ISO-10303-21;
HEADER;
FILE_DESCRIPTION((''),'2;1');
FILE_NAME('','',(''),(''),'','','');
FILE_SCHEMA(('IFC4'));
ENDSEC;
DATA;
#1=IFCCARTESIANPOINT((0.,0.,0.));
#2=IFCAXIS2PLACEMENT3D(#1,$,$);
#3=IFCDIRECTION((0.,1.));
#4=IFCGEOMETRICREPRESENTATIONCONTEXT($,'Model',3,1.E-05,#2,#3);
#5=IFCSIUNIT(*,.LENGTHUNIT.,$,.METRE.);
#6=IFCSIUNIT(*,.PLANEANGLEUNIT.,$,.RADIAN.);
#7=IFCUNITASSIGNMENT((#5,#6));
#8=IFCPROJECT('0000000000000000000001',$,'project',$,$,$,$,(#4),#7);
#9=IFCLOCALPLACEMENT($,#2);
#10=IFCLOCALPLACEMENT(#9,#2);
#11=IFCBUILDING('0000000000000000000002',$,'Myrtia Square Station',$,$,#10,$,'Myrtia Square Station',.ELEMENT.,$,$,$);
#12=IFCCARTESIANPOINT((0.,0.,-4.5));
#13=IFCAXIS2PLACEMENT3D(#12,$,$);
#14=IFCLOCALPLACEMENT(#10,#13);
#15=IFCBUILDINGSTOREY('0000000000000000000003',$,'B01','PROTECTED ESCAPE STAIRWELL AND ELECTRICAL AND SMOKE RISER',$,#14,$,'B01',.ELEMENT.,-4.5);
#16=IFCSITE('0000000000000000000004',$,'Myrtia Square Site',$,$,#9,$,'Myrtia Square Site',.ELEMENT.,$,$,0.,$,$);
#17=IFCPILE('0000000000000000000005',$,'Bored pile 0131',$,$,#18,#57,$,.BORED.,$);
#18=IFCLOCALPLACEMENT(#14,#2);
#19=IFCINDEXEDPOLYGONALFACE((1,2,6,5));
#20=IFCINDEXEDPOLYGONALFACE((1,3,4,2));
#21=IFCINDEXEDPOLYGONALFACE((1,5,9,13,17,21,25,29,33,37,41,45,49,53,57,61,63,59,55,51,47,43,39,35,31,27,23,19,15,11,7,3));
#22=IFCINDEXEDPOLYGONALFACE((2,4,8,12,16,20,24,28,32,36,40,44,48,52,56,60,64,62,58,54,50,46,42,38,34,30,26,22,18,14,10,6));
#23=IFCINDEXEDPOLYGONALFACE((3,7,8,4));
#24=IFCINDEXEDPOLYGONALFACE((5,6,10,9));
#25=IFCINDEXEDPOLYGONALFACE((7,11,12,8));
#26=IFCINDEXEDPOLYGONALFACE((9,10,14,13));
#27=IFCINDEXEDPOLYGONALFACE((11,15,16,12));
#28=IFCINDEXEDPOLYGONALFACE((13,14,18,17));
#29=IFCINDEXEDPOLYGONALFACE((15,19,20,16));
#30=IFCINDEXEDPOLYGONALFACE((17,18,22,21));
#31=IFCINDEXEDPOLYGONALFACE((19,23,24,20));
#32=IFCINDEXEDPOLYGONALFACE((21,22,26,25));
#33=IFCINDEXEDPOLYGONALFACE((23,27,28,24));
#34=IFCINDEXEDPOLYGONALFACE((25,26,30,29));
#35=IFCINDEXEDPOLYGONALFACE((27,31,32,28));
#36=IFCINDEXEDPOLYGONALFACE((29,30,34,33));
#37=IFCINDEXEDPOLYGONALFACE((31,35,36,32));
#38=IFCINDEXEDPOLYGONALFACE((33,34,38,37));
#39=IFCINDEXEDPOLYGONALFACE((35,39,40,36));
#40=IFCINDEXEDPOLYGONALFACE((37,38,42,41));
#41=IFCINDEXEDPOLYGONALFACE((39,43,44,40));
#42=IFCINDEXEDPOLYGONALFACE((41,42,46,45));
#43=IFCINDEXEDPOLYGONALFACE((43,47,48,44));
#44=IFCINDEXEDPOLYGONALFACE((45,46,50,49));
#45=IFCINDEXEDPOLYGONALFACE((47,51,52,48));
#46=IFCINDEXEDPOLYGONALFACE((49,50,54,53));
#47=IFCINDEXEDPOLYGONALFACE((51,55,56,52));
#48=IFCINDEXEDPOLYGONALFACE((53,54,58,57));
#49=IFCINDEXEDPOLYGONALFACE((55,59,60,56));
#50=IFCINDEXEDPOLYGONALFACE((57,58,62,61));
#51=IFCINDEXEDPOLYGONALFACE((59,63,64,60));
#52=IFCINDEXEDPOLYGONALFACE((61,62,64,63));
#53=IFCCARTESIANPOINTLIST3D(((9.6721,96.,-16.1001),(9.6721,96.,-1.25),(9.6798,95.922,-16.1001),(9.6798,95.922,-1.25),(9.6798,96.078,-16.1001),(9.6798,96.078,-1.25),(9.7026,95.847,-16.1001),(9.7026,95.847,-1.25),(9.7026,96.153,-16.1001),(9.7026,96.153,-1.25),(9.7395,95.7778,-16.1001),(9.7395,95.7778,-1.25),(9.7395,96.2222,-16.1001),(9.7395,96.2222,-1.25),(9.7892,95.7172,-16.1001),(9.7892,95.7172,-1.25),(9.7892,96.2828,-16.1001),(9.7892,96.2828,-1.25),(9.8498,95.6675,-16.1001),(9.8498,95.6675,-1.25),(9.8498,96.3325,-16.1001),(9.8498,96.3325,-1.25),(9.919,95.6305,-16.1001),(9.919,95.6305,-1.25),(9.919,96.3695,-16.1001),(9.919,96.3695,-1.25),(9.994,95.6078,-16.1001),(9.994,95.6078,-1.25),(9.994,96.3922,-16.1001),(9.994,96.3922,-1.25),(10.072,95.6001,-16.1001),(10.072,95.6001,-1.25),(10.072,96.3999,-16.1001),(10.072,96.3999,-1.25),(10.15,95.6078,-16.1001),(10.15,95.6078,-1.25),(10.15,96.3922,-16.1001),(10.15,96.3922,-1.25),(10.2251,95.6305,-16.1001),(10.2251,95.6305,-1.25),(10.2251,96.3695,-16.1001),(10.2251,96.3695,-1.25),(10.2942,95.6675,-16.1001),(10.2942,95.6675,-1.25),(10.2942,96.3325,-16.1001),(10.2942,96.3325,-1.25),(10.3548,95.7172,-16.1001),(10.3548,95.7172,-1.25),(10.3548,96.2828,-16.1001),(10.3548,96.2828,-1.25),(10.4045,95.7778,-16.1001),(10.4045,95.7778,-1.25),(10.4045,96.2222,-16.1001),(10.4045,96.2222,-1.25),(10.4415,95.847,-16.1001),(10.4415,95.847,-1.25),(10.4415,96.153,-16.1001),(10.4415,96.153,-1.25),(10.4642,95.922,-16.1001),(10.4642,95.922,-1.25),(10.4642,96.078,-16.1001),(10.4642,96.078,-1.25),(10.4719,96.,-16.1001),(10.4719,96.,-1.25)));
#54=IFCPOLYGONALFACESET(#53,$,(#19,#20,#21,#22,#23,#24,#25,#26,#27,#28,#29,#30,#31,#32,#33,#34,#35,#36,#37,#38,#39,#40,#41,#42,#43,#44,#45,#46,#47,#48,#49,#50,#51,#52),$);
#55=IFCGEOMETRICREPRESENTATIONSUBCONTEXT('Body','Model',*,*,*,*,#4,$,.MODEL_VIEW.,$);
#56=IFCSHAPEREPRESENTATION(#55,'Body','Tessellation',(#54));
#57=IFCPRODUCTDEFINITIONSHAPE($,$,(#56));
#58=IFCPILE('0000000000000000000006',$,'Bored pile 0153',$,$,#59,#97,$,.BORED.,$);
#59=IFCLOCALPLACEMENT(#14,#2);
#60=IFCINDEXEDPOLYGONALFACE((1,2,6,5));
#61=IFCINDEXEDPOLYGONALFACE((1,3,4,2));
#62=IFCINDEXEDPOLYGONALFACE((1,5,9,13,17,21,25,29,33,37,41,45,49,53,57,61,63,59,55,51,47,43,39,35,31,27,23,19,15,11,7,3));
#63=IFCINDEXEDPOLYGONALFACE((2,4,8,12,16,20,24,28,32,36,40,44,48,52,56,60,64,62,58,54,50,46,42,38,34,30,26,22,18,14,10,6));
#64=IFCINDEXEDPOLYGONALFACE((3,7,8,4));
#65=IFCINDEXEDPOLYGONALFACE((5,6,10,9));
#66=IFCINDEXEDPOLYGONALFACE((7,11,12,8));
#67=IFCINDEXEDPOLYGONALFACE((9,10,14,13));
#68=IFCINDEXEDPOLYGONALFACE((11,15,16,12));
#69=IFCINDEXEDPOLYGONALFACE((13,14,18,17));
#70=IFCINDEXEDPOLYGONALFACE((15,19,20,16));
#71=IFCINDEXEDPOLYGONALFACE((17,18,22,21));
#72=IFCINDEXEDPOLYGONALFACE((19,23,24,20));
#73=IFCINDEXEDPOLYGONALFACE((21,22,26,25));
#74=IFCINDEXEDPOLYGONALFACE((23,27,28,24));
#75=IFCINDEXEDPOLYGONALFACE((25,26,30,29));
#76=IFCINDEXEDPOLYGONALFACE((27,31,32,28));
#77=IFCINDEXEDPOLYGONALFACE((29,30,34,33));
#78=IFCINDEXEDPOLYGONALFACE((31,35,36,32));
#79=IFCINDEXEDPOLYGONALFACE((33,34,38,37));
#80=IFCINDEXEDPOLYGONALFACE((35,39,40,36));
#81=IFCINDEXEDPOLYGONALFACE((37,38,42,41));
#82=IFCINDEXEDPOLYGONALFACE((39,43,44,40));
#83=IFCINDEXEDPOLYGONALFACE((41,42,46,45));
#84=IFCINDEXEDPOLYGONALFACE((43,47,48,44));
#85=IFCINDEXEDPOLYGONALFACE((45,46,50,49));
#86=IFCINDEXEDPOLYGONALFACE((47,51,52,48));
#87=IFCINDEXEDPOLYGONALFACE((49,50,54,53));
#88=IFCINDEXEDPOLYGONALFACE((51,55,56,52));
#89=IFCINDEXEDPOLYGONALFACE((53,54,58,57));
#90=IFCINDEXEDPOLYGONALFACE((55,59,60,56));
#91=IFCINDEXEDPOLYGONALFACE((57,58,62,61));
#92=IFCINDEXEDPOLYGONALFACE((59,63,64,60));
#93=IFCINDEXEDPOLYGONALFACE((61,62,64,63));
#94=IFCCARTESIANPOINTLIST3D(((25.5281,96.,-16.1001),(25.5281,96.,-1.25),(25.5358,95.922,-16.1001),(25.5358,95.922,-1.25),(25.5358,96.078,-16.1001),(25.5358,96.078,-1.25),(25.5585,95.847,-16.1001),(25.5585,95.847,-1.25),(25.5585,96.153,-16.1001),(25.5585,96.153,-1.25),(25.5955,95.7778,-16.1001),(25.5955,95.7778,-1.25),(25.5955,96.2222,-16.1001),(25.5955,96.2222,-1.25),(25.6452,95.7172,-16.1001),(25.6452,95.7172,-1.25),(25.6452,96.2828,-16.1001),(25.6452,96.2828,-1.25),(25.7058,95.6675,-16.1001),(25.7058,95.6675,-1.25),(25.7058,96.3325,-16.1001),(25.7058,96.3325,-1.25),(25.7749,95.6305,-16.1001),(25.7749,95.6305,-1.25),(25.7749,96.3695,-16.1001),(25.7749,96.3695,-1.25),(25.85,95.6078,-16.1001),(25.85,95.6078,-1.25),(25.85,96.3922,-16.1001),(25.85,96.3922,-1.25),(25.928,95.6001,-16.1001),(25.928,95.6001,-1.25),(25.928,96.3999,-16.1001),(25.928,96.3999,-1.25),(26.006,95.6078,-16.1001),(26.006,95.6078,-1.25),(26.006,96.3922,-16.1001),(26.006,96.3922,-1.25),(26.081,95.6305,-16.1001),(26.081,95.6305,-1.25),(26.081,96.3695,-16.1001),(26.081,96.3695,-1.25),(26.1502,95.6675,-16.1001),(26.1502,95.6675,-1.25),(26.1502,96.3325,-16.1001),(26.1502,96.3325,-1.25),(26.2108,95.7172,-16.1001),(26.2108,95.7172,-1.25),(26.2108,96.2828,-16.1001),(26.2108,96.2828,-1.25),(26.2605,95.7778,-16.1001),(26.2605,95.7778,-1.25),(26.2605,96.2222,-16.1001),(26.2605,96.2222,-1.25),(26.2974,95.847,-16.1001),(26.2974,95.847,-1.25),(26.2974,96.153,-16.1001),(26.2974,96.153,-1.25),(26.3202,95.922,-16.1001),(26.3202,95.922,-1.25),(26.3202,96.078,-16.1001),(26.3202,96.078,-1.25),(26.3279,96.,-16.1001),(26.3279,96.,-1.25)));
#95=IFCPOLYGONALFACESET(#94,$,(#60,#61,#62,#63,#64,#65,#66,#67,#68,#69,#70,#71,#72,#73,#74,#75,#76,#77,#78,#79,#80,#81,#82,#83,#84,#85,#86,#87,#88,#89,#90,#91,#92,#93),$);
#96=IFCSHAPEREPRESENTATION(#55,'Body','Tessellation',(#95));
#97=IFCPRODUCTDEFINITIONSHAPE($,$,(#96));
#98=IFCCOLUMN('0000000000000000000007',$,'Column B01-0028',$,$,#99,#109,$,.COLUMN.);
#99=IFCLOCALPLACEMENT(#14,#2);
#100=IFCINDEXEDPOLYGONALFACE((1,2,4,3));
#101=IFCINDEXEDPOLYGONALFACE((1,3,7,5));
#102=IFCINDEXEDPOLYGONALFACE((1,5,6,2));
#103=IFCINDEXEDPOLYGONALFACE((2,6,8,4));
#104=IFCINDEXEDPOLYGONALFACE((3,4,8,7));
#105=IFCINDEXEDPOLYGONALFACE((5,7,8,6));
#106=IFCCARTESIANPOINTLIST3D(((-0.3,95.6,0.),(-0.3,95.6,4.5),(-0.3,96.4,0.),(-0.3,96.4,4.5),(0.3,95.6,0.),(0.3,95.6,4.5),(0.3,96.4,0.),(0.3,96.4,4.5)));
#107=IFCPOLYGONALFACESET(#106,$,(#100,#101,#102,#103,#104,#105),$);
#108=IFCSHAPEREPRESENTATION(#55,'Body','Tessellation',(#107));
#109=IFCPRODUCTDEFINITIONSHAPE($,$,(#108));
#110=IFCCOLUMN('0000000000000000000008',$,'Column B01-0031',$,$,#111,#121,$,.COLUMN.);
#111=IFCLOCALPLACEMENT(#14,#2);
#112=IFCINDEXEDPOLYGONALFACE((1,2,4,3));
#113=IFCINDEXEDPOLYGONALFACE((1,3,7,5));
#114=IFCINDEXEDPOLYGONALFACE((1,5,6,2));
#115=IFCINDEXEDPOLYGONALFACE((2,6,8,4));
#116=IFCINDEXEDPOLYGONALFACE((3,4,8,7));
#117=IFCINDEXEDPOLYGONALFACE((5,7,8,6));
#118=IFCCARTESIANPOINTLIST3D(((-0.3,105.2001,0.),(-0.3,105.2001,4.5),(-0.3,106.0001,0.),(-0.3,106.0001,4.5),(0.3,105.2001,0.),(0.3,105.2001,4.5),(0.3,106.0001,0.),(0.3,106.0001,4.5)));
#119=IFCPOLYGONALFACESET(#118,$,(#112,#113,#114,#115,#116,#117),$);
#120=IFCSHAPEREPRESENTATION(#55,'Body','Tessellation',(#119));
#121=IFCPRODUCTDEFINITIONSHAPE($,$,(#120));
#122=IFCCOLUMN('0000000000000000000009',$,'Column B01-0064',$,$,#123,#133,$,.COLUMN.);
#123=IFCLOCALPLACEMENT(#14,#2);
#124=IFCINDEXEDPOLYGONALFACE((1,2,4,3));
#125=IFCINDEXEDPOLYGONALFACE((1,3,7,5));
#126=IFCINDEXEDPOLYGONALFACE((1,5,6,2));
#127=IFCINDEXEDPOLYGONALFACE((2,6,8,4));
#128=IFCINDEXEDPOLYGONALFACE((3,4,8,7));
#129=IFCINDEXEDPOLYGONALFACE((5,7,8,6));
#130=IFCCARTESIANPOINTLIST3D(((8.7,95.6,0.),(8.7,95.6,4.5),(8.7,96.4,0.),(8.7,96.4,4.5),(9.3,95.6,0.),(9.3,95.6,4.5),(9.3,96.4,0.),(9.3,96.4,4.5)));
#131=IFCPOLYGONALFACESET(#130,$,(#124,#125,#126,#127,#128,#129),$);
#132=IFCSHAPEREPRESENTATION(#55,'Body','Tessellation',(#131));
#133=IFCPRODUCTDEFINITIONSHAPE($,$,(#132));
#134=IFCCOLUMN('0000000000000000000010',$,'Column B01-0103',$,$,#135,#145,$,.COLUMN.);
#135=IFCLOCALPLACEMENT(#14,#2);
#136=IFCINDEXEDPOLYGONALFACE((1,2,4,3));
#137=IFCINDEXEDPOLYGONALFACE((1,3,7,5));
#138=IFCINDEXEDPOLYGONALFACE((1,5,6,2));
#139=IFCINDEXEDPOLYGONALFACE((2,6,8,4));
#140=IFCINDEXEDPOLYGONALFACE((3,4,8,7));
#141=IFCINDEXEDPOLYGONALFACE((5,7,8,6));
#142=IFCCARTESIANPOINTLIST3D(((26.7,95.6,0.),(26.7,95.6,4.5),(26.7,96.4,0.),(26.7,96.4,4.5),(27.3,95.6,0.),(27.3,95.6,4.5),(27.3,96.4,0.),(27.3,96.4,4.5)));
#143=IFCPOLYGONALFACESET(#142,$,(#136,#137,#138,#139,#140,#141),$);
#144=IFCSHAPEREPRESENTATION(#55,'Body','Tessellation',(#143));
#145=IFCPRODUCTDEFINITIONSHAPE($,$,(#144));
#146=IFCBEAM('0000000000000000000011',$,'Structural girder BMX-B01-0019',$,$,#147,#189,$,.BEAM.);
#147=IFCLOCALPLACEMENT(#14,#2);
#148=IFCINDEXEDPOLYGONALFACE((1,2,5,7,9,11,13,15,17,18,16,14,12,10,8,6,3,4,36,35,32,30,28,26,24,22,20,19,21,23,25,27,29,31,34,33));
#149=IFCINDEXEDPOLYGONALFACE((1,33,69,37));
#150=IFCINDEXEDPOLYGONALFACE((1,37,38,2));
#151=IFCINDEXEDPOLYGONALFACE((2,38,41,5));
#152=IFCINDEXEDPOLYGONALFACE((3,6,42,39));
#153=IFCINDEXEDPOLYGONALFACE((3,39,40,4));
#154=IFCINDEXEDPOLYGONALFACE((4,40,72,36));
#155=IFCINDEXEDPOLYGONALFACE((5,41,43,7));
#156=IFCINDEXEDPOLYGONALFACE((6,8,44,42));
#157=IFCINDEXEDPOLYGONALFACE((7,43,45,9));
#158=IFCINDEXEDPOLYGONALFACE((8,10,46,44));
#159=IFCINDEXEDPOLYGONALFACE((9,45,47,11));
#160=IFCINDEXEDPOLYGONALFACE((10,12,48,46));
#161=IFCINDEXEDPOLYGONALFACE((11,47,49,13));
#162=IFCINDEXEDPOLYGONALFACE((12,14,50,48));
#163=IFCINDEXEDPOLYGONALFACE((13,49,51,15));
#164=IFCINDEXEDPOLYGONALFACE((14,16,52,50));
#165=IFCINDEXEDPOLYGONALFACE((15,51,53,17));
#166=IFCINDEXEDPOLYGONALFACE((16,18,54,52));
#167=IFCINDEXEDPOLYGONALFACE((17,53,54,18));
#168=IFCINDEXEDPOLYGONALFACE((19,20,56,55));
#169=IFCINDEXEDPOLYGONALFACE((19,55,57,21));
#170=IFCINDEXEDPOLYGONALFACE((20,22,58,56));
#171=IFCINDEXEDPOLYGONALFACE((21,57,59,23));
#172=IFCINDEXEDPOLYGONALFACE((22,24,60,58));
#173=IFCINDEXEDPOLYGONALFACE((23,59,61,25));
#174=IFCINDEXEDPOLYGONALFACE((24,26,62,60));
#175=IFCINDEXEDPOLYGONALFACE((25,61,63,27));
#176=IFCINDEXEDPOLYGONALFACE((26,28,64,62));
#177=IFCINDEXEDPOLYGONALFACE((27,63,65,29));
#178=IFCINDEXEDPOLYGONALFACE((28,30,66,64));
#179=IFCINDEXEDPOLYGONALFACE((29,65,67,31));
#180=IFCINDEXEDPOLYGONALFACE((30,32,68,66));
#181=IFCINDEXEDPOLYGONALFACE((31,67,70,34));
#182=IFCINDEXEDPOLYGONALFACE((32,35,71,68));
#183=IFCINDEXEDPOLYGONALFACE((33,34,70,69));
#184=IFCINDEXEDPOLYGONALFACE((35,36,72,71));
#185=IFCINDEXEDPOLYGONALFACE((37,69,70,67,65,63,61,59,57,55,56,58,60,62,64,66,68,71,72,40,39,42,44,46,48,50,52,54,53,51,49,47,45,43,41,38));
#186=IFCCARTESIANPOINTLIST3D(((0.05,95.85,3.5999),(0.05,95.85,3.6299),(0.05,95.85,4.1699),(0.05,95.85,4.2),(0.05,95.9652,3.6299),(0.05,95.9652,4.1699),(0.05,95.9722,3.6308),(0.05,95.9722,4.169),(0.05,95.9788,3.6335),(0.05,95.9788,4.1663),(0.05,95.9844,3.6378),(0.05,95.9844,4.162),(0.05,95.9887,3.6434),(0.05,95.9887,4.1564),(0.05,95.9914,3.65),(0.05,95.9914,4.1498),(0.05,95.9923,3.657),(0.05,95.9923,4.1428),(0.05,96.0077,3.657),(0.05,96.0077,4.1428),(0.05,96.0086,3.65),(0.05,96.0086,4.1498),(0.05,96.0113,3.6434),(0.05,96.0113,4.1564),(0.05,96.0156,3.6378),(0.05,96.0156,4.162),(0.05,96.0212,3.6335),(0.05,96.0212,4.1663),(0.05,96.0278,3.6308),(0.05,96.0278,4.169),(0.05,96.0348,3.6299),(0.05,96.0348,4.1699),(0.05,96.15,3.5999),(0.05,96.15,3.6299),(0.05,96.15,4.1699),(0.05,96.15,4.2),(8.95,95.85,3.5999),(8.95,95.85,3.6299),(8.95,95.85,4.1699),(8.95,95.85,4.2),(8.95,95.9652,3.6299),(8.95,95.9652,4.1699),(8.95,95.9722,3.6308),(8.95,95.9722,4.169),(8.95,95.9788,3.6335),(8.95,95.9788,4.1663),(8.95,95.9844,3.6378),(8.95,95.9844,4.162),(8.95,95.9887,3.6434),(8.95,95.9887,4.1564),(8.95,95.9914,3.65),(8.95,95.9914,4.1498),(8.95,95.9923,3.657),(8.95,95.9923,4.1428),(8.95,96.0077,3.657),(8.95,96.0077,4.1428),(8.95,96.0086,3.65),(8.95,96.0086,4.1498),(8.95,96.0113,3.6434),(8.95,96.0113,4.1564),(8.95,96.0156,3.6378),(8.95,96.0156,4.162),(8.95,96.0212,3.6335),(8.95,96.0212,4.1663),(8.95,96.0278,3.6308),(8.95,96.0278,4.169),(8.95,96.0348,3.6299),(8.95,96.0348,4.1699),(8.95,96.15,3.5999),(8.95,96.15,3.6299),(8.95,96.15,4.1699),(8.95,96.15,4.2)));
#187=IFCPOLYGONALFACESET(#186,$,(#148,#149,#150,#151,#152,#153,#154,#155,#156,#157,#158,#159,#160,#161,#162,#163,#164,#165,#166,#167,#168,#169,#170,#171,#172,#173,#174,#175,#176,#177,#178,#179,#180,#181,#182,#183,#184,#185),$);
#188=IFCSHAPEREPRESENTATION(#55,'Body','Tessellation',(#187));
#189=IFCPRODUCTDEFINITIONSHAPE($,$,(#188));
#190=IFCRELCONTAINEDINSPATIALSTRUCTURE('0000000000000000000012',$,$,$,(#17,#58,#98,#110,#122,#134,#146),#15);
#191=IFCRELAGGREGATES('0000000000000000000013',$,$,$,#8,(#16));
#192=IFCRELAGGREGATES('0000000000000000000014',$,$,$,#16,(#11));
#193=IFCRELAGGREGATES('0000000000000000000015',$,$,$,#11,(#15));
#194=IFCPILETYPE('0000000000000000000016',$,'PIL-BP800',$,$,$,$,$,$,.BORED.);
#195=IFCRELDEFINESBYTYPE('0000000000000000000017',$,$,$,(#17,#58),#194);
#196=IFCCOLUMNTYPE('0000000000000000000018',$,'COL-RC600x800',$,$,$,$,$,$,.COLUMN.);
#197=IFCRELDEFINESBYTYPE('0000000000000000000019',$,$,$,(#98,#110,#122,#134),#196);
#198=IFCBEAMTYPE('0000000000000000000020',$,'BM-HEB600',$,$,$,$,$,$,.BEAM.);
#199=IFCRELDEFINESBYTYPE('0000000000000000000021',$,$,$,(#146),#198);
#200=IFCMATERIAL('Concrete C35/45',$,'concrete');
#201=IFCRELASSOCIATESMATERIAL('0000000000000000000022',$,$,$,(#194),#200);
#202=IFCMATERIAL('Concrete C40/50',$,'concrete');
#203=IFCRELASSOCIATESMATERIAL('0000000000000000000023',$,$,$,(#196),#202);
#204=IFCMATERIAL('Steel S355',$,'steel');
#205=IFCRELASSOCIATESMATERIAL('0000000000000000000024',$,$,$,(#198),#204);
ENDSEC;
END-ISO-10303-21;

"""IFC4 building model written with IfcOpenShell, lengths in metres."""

from ifc_helpers import new_model, si_unit, direction, frame, origin, origin_2d, place, context, subcontext, project, spatial, rectangle, circle, i_section, extrude, material, material_profile, profile_set, type_object, element, save


model = new_model("IFC4")

# Units and contexts
model_context = context("Model", 3, precision=1e-05, world=origin(), true_north=direction((0.0, 1.0)))
body_context = subcontext(model_context, "Body", "Model", "MODEL_VIEW")
ifc_project = project(units=[si_unit("LENGTHUNIT", "METRE"), si_unit("PLANEANGLEUNIT", "RADIAN")], contexts=[model_context])

# Site, building, storey
site_placement = place(None, origin())
site = spatial("IfcSite", under=ifc_project, at=site_placement, Name="Myrtia Square Site", LongName="Myrtia Square Site", CompositionType="ELEMENT", RefElevation=0.0)
building_placement = place(site_placement, origin())
building = spatial("IfcBuilding", under=site, at=building_placement, Name="Myrtia Square Station", LongName="Myrtia Square Station", CompositionType="ELEMENT")
storey_placement = place(building_placement, frame((0.0, 0.0, -4.5)))
storey = spatial("IfcBuildingStorey", under=building, at=storey_placement, Name="B01", Description="PROTECTED ESCAPE STAIRWELL AND ELECTRICAL AND SMOKE RISER", LongName="B01", CompositionType="ELEMENT", Elevation=-4.5)

# Shared definitions
ifc_material_1 = material(Name="Concrete C35/45", Category="concrete")

# Piles
ifc_material_profile_1 = material_profile(ifc_material_1, circle(Radius=0.3999, at=origin_2d()), Name="BP D800")
ifc_profile_set_1 = profile_set([ifc_material_profile_1], Name="Concrete C35/45")
pile_type = type_object("IfcPileType", Name="PIL-BP800", PredefinedType="BORED", material=ifc_profile_set_1)
for number, where, z_axis, x_axis, name in (
    (1, (10.072, 96.0, -1.25), (0.0, 0.0, -1.0), (1.0, 0.0, 0.0), "Bored pile 0131"),
    (2, (25.928, 96.0, -1.25), (0.0, 0.0, -1.0), (1.0, 0.0, 0.0), "Bored pile 0153"),
):
    element("IfcPile", number, at=place(storey_placement, frame(where, z_axis=z_axis, x_axis=x_axis)), inside=storey, type_object=pile_type, Name=name, PredefinedType="BORED", context=body_context, shape_type="SweptSolid", body=[
        extrude(circle(Radius=0.3999, at=origin_2d()), origin(), (0.0, 0.0, 1.0), 14.8501),
    ])

# Columns
ifc_material_2 = material(Name="Concrete C40/50", Category="concrete")
ifc_material_profile_2 = material_profile(ifc_material_2, rectangle(XDim=0.6001, YDim=0.8, at=origin_2d()), Name="RC 600x800")
ifc_profile_set_2 = profile_set([ifc_material_profile_2], Name="Concrete C40/50")
column_type = type_object("IfcColumnType", Name="COL-RC600x800", PredefinedType="COLUMN", material=ifc_profile_set_2)
for number, where, z_axis, x_axis, name in (
    (3, (0.0, 96.0, 0.0), (0.0, 0.0, 1.0), (1.0, 0.0, 0.0), "Column B01-0028"),
    (4, (0.0, 105.6001, 0.0), (0.0, 0.0, 1.0), (1.0, 0.0, 0.0), "Column B01-0031"),
    (5, (9.0, 96.0, 0.0), (0.0, 0.0, 1.0), (1.0, 0.0, 0.0), "Column B01-0064"),
    (6, (27.0, 96.0, 0.0), (0.0, 0.0, 1.0), (1.0, 0.0, 0.0), "Column B01-0103"),
):
    element("IfcColumn", number, at=place(storey_placement, frame(where, z_axis=z_axis, x_axis=x_axis)), inside=storey, type_object=column_type, Name=name, PredefinedType="COLUMN", context=body_context, shape_type="SweptSolid", body=[
        extrude(rectangle(XDim=0.6001, YDim=0.8, at=origin_2d()), origin(), (0.0, 0.0, 1.0), 4.5),
    ])

# Beam
ifc_material_3 = material(Name="Steel S355", Category="steel")
ifc_material_profile_3 = material_profile(ifc_material_3, i_section(OverallWidth=0.3, OverallDepth=0.6001, WebThickness=0.0154, FlangeThickness=0.03, FilletRadius=0.0271, at=origin_2d()), Name="HEB 600")
ifc_profile_set_3 = profile_set([ifc_material_profile_3], Name="Steel S355")
beam_type_1 = type_object("IfcBeamType", Name="BM-HEB600", PredefinedType="BEAM", material=ifc_profile_set_3)
for number, where, z_axis, x_axis, name in (
    (7, (0.05, 96.0, 3.8999), (1.0, 0.0, 0.0), (0.0, 1.0, 0.0), "Structural girder BMX-B01-0019"),
):
    element("IfcBeam", number, at=place(storey_placement, frame(where, z_axis=z_axis, x_axis=x_axis)), inside=storey, type_object=beam_type_1, Name=name, PredefinedType="BEAM", context=body_context, shape_type="SweptSolid", body=[
        extrude(i_section(OverallWidth=0.3, OverallDepth=0.6001, WebThickness=0.0154, FlangeThickness=0.03, FilletRadius=0.0271, at=origin_2d()), origin(), (0.0, 0.0, 1.0), 8.8999),
    ])

save(model, "model.ifc")
